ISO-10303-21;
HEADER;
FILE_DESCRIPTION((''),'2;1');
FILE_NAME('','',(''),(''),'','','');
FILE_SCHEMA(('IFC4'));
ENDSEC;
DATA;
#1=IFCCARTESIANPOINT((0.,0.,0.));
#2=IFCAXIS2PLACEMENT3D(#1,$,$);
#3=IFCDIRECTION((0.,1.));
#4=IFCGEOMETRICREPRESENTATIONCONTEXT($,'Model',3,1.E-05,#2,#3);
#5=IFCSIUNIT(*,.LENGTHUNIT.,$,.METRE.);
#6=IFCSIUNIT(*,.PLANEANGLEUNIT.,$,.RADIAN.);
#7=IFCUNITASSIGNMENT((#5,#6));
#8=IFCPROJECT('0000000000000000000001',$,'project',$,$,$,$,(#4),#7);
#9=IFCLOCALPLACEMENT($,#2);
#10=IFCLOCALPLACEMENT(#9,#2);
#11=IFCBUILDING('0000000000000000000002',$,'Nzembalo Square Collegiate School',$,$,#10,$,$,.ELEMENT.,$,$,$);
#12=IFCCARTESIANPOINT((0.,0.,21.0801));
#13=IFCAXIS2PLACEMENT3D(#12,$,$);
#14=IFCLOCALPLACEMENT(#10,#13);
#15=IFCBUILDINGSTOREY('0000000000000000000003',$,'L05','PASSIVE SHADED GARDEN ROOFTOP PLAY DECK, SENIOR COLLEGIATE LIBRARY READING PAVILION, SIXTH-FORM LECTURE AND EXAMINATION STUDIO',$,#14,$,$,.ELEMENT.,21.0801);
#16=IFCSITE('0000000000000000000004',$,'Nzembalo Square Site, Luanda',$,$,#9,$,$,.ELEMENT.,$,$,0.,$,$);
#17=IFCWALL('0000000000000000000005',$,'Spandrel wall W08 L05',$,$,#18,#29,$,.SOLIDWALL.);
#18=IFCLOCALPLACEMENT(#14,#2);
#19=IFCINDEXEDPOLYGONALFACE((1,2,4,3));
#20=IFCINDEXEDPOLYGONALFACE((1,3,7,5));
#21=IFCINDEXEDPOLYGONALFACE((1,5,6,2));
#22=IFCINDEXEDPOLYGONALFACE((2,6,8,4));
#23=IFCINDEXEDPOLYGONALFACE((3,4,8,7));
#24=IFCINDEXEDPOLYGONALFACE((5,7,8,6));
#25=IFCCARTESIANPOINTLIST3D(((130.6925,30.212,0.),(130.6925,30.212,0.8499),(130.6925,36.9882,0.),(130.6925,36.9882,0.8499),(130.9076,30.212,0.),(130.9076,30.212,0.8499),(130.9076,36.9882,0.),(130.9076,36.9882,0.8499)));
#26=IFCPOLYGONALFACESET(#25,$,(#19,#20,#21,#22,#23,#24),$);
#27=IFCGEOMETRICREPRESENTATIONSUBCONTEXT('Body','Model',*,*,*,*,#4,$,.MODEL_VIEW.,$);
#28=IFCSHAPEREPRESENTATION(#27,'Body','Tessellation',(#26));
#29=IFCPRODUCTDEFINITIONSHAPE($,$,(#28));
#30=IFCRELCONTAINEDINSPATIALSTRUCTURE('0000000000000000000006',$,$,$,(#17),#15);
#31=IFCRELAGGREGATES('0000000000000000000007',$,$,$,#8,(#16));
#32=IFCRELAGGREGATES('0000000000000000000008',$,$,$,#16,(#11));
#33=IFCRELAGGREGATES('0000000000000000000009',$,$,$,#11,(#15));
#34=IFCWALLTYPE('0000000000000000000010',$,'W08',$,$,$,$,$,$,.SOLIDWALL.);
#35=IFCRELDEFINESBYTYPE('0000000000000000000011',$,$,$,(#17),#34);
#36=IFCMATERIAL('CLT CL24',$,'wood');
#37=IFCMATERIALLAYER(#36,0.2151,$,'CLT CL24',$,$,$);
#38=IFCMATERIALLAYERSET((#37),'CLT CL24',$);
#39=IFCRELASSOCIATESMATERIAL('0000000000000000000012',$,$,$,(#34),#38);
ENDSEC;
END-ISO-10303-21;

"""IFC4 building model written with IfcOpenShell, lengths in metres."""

from ifc_helpers import new_model, si_unit, direction, frame, frame_2d, origin, place, context, subcontext, project, spatial, rectangle, extrude, material, layer, layer_set, type_object, element, save


model = new_model("IFC4")

# Units and contexts
model_context = context("Model", 3, precision=1e-05, world=origin(), true_north=direction((0.0, 1.0)))
body_context = subcontext(model_context, "Body", "Model", "MODEL_VIEW")
ifc_project = project(units=[si_unit("LENGTHUNIT", "METRE"), si_unit("PLANEANGLEUNIT", "RADIAN")], contexts=[model_context])

# Site, building, storey
site_placement = place(None, origin())
site = spatial("IfcSite", under=ifc_project, at=site_placement, Name="Nzembalo Square Site, Luanda", CompositionType="ELEMENT", RefElevation=0.0)
building_placement = place(site_placement, origin())
building = spatial("IfcBuilding", under=site, at=building_placement, Name="Nzembalo Square Collegiate School", CompositionType="ELEMENT")
storey_placement = place(building_placement, frame((0.0, 0.0, 21.0801)))
storey = spatial("IfcBuildingStorey", under=building, at=storey_placement, Name="L05", Description="PASSIVE SHADED GARDEN ROOFTOP PLAY DECK, SENIOR COLLEGIATE LIBRARY READING PAVILION, SIXTH-FORM LECTURE AND EXAMINATION STUDIO", CompositionType="ELEMENT", Elevation=21.0801)

# Wall
ifc_material_1 = material(Name="CLT CL24", Category="wood")
ifc_layer_1 = layer(ifc_material_1, 0.2151, Name="CLT CL24")
ifc_layer_set_1 = layer_set([ifc_layer_1], Name="CLT CL24")
wall_type = type_object("IfcWallType", Name="W08", PredefinedType="SOLIDWALL", material=ifc_layer_set_1)
wall_placement = place(storey_placement, frame((130.8, 30.2119, 0.0), z_axis=(0.0, 0.0, 1.0), x_axis=(0.0, 1.0, 0.0)))
element("IfcWall", 1, at=wall_placement, inside=storey, type_object=wall_type, Name="Spandrel wall W08 L05", PredefinedType="SOLIDWALL", context=body_context, shape_type="SweptSolid", body=[
    extrude(rectangle(XDim=6.7761, YDim=0.2151, at=frame_2d((3.3882, 0.0))), origin(), (0.0, 0.0, 1.0), 0.8499),
])

save(model, "model.ifc")
